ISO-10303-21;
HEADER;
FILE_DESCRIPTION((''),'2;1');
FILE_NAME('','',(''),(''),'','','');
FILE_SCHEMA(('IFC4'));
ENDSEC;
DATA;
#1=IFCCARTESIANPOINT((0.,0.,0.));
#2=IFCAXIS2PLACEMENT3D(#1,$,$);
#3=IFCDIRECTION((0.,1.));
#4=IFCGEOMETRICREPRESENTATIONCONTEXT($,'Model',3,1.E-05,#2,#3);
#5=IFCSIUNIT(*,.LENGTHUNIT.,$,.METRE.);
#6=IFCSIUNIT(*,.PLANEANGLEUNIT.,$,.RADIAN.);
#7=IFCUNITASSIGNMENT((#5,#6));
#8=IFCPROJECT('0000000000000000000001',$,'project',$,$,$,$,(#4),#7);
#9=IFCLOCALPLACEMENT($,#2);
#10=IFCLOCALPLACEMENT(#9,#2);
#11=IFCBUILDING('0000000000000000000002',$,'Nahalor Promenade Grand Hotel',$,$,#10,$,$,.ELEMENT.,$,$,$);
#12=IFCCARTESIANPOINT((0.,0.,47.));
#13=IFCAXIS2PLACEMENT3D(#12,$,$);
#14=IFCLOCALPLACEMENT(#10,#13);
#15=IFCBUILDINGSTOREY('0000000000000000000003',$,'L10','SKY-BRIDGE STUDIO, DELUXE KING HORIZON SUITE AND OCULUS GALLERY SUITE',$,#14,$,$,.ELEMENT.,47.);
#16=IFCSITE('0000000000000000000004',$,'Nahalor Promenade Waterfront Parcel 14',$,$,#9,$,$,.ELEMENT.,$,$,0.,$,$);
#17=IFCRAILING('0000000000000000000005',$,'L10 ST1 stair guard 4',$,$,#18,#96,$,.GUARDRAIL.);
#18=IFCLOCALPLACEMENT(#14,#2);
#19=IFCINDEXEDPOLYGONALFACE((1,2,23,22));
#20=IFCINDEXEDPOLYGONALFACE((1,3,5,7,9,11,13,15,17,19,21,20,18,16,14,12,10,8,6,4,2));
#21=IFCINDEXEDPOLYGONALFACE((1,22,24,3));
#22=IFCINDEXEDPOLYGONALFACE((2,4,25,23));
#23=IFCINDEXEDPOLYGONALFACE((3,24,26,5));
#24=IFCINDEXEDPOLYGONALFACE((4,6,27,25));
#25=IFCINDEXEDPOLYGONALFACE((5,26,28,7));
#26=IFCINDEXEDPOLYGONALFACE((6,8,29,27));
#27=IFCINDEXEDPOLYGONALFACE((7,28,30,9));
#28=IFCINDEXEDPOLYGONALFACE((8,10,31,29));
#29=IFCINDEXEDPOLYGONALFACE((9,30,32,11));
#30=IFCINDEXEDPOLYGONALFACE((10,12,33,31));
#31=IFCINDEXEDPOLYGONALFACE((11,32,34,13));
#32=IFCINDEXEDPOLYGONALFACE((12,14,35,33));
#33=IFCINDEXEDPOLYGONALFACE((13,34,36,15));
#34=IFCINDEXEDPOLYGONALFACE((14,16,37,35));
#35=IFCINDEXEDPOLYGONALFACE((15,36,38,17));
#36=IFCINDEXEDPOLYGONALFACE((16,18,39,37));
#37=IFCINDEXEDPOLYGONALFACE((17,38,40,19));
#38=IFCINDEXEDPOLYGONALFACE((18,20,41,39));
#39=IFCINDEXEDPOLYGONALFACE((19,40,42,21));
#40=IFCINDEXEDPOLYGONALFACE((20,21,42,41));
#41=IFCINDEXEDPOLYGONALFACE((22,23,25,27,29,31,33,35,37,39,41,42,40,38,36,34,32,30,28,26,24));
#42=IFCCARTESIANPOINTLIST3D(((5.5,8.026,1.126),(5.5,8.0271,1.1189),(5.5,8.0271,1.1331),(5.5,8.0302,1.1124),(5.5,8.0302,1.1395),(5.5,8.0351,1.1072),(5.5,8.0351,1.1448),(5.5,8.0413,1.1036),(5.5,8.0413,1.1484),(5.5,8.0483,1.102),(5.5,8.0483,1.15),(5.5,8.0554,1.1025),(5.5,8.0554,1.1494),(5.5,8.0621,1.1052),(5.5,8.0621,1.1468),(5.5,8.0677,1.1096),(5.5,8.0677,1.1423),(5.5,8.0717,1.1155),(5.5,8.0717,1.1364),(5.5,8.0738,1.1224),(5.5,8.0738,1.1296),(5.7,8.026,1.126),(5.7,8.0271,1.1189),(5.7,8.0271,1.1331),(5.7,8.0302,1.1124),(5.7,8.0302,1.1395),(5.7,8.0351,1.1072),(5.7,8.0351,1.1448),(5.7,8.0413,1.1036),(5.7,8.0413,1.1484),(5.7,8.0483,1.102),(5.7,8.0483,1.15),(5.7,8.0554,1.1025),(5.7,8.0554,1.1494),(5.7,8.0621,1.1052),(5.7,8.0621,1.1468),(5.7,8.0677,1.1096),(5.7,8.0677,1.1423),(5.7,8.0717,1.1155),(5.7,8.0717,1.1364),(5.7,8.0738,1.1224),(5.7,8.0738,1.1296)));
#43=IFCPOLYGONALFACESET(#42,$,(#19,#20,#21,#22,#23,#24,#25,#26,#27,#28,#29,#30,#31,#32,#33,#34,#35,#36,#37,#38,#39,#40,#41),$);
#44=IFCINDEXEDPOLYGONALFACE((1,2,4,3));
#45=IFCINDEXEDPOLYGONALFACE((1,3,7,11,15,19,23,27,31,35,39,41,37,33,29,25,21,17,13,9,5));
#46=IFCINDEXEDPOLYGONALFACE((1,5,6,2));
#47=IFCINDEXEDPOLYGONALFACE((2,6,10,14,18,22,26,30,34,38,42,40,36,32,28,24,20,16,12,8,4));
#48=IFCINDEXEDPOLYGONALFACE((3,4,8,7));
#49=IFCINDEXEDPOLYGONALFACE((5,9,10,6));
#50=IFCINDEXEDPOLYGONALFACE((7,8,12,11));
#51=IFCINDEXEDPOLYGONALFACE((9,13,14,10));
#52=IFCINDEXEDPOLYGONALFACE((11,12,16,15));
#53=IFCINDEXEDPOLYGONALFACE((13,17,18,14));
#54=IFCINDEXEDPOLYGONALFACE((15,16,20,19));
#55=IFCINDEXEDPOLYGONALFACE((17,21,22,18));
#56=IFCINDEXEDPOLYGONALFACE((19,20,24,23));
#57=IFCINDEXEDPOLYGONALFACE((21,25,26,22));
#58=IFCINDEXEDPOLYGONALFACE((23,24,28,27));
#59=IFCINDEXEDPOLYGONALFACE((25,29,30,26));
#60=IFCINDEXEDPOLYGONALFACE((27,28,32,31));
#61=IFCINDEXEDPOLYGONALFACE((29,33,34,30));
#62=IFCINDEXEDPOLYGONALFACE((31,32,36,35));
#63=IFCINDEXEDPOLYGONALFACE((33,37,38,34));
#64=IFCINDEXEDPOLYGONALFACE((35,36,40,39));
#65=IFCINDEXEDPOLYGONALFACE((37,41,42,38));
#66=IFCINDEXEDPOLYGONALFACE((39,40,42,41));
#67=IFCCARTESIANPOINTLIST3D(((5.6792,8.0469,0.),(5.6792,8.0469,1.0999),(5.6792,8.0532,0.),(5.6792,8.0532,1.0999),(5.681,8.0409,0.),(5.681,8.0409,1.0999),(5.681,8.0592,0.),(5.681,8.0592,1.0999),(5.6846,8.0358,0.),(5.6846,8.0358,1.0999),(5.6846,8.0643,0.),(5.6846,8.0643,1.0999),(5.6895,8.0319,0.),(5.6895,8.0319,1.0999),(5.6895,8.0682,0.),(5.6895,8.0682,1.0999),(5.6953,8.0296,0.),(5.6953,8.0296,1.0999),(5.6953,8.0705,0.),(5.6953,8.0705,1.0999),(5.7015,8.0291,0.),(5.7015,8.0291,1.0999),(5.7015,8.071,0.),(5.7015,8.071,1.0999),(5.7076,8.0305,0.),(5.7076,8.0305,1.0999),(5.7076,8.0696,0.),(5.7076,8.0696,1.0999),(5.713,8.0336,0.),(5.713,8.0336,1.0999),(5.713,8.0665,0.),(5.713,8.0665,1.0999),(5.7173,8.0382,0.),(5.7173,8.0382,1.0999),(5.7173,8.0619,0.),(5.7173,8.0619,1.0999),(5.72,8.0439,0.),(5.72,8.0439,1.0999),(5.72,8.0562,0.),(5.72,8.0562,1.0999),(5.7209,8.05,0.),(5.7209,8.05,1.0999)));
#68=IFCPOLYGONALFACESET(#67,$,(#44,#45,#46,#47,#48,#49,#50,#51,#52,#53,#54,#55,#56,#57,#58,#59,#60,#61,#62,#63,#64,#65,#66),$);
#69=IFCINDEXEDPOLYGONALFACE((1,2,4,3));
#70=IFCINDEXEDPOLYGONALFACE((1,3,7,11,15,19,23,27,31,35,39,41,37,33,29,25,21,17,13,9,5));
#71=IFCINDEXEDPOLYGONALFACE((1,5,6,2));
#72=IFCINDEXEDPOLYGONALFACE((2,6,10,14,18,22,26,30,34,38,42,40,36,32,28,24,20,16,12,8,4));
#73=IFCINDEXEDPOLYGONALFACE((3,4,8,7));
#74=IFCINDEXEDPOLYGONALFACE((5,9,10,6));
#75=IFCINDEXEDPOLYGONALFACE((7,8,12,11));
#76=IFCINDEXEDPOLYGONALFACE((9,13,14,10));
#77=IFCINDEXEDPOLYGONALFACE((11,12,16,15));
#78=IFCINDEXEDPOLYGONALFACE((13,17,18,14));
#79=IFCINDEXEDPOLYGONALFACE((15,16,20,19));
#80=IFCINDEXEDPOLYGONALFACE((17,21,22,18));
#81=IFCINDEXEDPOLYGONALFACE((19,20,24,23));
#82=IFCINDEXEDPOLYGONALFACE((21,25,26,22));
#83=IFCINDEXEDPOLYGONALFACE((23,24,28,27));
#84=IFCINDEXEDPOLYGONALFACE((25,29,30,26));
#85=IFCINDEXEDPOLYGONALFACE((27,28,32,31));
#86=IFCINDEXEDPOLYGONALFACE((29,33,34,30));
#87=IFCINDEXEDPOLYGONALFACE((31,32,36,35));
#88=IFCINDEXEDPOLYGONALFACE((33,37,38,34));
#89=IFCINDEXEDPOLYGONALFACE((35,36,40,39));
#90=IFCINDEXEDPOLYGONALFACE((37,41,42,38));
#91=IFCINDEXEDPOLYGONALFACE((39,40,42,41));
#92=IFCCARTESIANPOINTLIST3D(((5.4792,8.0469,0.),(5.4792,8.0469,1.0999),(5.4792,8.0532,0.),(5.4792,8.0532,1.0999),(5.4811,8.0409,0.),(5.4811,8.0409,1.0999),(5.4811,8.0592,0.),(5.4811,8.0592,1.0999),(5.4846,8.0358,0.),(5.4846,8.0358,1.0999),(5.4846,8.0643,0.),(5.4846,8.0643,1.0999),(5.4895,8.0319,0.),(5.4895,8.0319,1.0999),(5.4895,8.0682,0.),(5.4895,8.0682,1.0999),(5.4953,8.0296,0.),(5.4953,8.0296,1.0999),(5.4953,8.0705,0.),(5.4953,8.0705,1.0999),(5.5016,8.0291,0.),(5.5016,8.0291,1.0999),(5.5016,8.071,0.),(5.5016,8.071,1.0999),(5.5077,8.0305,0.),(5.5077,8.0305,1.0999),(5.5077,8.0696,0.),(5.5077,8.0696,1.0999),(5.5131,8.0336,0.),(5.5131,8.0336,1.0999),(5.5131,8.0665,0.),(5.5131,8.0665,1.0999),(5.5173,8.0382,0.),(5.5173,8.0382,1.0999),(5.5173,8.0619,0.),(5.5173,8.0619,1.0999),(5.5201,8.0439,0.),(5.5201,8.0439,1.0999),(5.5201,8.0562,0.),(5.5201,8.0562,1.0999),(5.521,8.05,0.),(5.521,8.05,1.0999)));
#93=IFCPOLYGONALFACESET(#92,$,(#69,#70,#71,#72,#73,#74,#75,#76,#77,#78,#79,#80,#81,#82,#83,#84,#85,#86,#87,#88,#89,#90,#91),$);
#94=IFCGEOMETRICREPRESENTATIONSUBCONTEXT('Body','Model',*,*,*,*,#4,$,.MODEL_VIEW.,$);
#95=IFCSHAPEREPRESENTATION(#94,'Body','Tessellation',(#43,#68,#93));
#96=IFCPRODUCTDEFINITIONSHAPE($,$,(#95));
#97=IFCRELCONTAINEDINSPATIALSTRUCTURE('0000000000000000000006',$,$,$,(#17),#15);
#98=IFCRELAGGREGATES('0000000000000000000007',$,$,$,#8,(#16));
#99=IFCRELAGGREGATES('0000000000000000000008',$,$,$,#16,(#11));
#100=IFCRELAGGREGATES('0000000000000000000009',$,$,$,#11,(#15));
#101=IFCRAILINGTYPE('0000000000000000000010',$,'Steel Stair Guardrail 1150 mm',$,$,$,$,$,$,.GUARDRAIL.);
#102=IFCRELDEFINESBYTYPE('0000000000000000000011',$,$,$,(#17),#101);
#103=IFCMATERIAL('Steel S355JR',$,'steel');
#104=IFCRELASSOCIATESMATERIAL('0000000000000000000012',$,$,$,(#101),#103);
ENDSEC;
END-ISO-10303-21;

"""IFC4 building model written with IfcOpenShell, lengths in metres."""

from ifc_helpers import new_model, si_unit, direction, frame, origin, origin_2d, place, context, subcontext, project, spatial, circle, extrude, material, type_object, element, save


model = new_model("IFC4")

# Units and contexts
model_context = context("Model", 3, precision=1e-05, world=origin(), true_north=direction((0.0, 1.0)))
body_context = subcontext(model_context, "Body", "Model", "MODEL_VIEW")
ifc_project = project(units=[si_unit("LENGTHUNIT", "METRE"), si_unit("PLANEANGLEUNIT", "RADIAN")], contexts=[model_context])

# Site, building, storey
site_placement = place(None, origin())
site = spatial("IfcSite", under=ifc_project, at=site_placement, Name="Nahalor Promenade Waterfront Parcel 14", CompositionType="ELEMENT", RefElevation=0.0)
building_placement = place(site_placement, origin())
building = spatial("IfcBuilding", under=site, at=building_placement, Name="Nahalor Promenade Grand Hotel", CompositionType="ELEMENT")
storey_placement = place(building_placement, frame((0.0, 0.0, 47.0)))
storey = spatial("IfcBuildingStorey", under=building, at=storey_placement, Name="L10", Description="SKY-BRIDGE STUDIO, DELUXE KING HORIZON SUITE AND OCULUS GALLERY SUITE", CompositionType="ELEMENT", Elevation=47.0)

# Shared definitions
ifc_material_1 = material(Name="Steel S355JR", Category="steel")

# Railing
railing_type_1 = type_object("IfcRailingType", Name="Steel Stair Guardrail 1150 mm", PredefinedType="GUARDRAIL", material=ifc_material_1)
railing_1_placement = place(storey_placement, frame((5.7, 8.05, 0.0)))
element("IfcRailing", 1, at=railing_1_placement, inside=storey, type_object=railing_type_1, Name="L10 ST1 stair guard 4", PredefinedType="GUARDRAIL", context=body_context, shape_type="SweptSolid", body=[
    extrude(circle(Radius=0.024, at=origin_2d()), frame((0.0, 0.0, 1.126), z_axis=(-1.0, 0.0, 0.0), x_axis=(0.0, -1.0, 0.0)), (0.0, 0.0, 1.0), 0.2),
    extrude(circle(Radius=0.021, at=origin_2d()), origin(), (0.0, 0.0, 1.0), 1.0999),
    extrude(circle(Radius=0.021, at=origin_2d()), frame((-0.2, 0.0, 0.0)), (0.0, 0.0, 1.0), 1.0999),
])

save(model, "model.ifc")
